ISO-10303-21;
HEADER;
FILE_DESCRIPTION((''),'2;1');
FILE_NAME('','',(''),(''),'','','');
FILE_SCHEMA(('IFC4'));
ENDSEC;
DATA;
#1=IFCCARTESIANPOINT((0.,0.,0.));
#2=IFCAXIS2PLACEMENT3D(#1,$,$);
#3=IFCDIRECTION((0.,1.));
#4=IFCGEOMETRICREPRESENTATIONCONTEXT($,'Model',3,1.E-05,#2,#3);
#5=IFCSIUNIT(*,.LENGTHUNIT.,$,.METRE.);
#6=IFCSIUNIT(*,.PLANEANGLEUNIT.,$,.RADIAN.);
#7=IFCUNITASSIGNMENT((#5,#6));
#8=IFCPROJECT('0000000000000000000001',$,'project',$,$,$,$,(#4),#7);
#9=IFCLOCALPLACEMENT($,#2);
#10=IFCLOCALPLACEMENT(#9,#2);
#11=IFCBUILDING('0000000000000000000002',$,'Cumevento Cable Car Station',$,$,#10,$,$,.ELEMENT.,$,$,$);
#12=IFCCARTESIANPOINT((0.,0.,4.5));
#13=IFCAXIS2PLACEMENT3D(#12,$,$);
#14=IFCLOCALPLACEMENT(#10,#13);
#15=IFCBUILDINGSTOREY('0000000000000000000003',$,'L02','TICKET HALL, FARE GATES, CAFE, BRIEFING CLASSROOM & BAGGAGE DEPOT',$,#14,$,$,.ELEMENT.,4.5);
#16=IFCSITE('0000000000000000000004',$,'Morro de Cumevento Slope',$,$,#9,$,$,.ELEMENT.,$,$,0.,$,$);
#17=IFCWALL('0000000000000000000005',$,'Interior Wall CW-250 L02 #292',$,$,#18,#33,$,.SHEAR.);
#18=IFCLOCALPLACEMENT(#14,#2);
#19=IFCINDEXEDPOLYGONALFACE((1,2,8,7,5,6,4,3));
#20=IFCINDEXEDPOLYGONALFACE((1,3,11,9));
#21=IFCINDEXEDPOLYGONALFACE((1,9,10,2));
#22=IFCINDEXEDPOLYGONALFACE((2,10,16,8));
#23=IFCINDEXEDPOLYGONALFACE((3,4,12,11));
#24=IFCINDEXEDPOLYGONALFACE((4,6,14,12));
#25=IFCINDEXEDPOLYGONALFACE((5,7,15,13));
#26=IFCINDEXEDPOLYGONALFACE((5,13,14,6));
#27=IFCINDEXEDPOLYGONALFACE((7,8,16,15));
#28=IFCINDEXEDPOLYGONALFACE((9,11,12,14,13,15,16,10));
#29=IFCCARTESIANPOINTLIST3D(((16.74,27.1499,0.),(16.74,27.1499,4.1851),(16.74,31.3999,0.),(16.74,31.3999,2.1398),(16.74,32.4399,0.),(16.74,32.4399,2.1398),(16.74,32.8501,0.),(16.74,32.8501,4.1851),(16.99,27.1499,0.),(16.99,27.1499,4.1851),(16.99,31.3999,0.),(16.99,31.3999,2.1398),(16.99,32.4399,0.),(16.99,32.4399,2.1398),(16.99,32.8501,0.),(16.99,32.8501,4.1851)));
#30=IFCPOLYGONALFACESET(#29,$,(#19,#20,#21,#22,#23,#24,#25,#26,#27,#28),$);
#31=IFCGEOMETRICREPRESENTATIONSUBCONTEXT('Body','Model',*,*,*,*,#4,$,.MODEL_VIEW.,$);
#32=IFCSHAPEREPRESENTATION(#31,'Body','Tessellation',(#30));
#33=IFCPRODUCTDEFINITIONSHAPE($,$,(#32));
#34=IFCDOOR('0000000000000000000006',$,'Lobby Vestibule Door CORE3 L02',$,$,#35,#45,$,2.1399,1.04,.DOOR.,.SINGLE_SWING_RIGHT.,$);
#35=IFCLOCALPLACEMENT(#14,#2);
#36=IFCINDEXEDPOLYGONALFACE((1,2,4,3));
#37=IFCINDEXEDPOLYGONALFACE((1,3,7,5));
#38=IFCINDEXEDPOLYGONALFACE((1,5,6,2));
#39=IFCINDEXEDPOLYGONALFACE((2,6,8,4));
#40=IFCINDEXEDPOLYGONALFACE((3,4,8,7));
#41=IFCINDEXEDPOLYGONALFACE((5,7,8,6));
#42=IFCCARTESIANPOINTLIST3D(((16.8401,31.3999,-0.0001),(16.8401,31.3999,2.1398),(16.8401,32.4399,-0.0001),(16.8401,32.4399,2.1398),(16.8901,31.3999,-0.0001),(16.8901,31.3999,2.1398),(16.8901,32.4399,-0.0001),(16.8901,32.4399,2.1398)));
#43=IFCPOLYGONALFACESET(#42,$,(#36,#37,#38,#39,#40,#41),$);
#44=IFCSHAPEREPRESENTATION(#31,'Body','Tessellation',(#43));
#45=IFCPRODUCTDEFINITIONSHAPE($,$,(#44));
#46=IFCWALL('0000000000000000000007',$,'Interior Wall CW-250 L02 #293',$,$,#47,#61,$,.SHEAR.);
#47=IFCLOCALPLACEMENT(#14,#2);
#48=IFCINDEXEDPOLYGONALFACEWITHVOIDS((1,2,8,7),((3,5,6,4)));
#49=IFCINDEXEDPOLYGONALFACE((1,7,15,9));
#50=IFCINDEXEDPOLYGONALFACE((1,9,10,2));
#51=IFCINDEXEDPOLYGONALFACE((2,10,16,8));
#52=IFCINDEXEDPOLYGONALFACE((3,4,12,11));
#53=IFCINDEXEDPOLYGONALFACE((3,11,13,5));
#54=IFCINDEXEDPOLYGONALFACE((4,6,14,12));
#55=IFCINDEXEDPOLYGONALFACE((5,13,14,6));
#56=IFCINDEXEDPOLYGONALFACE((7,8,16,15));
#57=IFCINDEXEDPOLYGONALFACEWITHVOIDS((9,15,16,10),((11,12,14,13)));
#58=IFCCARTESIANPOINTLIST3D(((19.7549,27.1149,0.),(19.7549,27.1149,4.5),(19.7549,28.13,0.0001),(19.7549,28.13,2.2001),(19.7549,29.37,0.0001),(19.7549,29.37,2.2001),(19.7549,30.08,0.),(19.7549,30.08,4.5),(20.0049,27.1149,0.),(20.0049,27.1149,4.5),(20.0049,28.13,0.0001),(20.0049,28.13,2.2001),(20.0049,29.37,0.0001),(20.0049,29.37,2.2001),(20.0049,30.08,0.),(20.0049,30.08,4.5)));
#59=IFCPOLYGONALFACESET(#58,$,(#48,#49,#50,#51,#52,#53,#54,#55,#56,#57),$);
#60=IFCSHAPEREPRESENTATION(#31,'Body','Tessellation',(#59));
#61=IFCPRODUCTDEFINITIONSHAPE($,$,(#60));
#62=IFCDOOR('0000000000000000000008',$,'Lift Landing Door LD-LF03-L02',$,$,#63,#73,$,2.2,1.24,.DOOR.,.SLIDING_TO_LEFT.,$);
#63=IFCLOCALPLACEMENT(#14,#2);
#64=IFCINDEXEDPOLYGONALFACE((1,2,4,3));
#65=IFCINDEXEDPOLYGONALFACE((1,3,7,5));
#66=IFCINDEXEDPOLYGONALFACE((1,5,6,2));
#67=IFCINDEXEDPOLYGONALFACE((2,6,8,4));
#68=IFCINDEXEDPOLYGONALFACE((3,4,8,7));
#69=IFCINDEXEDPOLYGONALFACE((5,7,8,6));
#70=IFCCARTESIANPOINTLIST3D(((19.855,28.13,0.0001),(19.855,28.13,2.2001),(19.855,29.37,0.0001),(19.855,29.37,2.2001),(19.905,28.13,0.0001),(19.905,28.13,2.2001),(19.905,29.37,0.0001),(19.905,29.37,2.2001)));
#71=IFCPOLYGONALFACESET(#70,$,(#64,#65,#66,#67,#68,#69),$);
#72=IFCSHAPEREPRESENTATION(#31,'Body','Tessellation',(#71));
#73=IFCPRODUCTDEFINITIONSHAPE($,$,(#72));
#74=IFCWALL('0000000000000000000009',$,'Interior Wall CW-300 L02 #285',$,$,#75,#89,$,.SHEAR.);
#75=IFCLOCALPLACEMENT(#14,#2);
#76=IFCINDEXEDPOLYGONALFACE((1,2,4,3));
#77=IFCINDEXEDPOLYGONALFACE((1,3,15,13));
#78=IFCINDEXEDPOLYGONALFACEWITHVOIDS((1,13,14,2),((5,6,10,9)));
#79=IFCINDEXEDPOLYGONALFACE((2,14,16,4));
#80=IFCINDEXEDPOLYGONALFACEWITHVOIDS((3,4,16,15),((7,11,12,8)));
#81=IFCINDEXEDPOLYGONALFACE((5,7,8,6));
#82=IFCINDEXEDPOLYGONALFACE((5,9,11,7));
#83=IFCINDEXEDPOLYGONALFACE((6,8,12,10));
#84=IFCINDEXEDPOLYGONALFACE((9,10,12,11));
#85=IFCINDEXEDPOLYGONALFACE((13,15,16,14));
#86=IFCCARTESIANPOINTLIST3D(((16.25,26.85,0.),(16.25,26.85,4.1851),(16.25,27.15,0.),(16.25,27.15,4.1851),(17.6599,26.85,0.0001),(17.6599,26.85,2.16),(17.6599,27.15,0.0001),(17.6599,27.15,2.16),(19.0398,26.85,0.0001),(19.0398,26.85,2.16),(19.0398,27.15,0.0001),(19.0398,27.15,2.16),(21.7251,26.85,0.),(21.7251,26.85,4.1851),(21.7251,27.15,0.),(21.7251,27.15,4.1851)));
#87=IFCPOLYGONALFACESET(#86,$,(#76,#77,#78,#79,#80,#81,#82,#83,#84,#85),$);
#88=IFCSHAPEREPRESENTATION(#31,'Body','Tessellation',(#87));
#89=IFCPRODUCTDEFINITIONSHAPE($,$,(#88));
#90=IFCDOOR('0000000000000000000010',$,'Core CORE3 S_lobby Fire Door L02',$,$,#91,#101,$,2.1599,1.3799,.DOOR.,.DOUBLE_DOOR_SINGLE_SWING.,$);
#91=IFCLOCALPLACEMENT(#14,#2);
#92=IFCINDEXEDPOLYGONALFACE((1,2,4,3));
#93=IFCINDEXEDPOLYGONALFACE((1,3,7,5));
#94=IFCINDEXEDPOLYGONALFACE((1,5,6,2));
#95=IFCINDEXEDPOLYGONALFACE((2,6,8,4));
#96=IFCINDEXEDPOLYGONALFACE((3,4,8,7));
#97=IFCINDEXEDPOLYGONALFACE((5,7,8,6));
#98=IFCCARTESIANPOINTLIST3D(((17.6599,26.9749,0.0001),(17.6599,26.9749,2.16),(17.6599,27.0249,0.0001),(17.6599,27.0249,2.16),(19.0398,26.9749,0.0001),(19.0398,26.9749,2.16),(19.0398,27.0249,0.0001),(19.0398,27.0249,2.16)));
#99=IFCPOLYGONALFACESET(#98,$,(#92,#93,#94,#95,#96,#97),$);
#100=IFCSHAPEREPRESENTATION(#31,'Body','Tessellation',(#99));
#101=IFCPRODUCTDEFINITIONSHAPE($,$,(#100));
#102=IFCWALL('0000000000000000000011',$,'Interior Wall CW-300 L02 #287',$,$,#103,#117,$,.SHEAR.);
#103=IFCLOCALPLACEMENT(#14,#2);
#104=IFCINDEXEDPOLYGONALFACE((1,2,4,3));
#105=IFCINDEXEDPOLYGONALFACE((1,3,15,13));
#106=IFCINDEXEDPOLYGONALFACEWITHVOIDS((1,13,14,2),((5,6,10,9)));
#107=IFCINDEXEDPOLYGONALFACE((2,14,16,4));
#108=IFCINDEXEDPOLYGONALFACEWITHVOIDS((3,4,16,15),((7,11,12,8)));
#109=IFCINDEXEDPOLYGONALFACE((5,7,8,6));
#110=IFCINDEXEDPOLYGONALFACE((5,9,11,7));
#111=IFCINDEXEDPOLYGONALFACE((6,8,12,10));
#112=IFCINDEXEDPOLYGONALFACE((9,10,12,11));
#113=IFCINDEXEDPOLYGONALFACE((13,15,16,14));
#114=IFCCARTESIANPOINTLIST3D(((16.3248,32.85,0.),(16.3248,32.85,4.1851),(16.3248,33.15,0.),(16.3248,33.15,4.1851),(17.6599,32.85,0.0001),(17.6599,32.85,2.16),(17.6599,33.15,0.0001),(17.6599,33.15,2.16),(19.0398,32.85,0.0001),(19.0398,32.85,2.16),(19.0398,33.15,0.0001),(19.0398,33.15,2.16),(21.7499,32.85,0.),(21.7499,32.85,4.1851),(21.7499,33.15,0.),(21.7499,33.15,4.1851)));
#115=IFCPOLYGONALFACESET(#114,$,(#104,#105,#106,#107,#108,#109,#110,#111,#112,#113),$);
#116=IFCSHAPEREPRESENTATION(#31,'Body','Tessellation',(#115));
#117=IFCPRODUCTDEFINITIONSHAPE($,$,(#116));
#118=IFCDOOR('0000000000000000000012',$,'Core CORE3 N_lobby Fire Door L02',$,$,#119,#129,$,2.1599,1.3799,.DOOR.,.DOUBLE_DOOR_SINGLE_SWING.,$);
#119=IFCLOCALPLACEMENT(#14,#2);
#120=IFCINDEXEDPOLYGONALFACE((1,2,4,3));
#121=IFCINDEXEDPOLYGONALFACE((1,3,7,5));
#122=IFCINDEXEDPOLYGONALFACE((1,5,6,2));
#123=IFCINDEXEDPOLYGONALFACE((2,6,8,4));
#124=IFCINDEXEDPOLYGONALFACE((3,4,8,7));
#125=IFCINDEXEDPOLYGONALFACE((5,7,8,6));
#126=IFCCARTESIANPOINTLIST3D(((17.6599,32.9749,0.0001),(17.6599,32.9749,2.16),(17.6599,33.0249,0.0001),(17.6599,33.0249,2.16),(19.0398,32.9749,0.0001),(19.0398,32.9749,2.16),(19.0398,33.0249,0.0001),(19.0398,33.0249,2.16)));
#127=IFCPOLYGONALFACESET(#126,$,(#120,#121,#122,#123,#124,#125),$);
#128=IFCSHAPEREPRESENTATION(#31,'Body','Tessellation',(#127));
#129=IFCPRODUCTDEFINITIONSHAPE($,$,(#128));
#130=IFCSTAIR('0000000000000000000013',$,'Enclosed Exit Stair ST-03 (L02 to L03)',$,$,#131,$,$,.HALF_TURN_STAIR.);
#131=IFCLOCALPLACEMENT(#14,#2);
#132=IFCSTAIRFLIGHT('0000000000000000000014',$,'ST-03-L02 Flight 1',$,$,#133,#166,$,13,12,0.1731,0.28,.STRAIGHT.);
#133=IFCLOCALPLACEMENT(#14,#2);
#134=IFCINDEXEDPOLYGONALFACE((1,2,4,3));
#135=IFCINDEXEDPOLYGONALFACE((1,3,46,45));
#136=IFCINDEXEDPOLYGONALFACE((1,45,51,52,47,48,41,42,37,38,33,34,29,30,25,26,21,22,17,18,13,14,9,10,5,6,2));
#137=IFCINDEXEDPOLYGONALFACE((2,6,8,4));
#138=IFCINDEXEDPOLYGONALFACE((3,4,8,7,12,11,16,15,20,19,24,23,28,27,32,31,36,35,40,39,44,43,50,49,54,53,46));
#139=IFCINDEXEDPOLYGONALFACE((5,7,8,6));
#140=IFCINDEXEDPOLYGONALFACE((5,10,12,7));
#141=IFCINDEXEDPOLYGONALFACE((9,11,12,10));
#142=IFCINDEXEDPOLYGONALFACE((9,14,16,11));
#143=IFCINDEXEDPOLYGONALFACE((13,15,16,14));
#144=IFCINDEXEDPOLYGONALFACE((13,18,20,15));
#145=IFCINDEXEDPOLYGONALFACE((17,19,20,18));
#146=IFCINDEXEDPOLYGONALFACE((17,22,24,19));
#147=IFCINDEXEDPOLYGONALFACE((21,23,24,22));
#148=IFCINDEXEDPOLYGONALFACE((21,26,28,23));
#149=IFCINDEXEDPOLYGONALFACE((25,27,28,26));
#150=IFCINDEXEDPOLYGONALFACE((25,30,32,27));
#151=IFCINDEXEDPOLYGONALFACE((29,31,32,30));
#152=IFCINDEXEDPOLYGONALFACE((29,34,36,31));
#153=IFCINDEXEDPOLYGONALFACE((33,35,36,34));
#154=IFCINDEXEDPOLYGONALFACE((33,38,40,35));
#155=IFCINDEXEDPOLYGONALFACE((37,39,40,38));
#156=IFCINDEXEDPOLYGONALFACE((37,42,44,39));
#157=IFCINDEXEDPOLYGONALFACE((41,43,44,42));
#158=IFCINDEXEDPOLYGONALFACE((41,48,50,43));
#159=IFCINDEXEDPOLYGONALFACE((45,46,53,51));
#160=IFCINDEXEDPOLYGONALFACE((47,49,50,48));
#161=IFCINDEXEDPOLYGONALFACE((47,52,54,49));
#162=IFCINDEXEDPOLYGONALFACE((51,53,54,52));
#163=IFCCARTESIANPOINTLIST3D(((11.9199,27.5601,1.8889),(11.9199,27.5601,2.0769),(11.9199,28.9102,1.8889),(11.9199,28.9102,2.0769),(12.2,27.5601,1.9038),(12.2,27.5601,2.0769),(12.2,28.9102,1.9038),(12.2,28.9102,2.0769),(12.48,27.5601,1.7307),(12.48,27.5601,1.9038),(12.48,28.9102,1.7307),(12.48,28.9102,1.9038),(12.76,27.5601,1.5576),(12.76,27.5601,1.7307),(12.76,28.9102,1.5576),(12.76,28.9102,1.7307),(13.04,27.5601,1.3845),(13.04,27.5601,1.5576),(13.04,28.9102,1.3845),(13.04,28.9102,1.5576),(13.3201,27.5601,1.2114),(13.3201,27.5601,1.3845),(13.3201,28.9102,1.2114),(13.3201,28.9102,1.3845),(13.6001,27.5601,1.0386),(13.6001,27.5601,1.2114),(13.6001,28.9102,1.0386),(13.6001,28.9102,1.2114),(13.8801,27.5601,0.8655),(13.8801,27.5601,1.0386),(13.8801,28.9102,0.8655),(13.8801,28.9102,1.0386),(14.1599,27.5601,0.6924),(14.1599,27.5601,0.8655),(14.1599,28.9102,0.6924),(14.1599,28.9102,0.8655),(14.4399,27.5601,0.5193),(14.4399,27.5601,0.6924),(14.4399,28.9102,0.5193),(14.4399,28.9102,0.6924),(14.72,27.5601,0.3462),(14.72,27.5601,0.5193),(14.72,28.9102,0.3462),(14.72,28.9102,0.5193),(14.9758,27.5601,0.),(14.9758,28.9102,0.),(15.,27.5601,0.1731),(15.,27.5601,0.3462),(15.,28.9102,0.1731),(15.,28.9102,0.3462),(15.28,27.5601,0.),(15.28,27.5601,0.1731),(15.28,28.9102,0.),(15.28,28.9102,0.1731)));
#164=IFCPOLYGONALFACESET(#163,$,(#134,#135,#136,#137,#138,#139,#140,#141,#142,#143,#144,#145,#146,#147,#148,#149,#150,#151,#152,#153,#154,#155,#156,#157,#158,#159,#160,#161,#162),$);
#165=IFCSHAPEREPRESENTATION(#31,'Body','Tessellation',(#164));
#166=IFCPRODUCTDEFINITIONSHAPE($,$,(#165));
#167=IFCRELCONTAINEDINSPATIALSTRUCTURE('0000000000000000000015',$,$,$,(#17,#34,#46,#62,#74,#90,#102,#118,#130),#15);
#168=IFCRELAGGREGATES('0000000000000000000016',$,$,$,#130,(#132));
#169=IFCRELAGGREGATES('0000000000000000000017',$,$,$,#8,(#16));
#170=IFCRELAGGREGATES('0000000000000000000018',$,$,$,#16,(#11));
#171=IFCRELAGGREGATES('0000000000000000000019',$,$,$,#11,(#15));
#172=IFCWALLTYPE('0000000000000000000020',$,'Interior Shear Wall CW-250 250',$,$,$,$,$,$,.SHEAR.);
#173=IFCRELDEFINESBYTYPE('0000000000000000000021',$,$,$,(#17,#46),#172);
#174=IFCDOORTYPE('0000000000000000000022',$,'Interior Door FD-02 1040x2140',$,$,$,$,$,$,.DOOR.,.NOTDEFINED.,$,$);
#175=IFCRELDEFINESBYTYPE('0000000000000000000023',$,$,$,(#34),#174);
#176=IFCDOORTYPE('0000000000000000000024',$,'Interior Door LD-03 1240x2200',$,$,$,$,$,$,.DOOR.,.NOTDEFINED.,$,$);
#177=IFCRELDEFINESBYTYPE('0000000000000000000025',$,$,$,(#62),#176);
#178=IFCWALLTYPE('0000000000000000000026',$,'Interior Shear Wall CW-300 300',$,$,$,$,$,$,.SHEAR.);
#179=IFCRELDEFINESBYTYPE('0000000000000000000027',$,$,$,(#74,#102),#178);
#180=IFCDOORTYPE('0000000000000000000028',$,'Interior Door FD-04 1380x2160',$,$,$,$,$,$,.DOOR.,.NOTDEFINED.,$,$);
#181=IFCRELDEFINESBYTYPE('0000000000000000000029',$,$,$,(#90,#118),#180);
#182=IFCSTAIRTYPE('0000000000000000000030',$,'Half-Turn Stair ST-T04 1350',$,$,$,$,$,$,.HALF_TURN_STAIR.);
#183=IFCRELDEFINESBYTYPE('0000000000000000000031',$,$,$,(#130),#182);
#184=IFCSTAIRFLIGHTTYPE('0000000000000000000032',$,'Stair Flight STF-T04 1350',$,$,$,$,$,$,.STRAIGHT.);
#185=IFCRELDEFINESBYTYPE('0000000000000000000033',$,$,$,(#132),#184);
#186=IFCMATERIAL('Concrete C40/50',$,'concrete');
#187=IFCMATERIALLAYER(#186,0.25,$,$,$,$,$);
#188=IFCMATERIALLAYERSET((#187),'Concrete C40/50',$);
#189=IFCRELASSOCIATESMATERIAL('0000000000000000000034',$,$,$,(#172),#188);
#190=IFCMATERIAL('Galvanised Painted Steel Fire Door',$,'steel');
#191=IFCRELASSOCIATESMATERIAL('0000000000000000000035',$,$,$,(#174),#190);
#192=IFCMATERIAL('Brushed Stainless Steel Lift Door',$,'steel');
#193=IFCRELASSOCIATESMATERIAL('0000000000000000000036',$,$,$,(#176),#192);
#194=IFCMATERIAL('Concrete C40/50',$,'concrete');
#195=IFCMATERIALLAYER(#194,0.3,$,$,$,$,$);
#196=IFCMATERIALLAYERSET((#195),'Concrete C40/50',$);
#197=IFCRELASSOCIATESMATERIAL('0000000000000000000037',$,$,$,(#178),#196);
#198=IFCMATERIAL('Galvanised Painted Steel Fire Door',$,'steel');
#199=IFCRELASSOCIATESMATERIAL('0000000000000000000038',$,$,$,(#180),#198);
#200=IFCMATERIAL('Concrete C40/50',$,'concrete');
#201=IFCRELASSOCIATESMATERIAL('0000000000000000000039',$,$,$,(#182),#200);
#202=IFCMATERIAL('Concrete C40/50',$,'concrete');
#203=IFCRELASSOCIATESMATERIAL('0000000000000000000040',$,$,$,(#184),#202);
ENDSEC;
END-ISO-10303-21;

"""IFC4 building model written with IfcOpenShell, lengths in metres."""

from ifc_helpers import new_model, si_unit, direction, frame, frame_2d, origin, place, context, subcontext, project, spatial, polyline, rectangle, outline, extrude, material, layer, layer_set, type_object, element, fill, aggregate, save


model = new_model("IFC4")

# Units and contexts
model_context = context("Model", 3, precision=1e-05, world=origin(), true_north=direction((0.0, 1.0)))
body_context = subcontext(model_context, "Body", "Model", "MODEL_VIEW")
ifc_project = project(units=[si_unit("LENGTHUNIT", "METRE"), si_unit("PLANEANGLEUNIT", "RADIAN")], contexts=[model_context])

# Site, building, storey
site_placement = place(None, origin())
site = spatial("IfcSite", under=ifc_project, at=site_placement, Name="Morro de Cumevento Slope", CompositionType="ELEMENT", RefElevation=0.0)
building_placement = place(site_placement, origin())
building = spatial("IfcBuilding", under=site, at=building_placement, Name="Cumevento Cable Car Station", CompositionType="ELEMENT")
storey_placement = place(building_placement, frame((0.0, 0.0, 4.5)))
storey = spatial("IfcBuildingStorey", under=building, at=storey_placement, Name="L02", Description="TICKET HALL, FARE GATES, CAFE, BRIEFING CLASSROOM & BAGGAGE DEPOT", CompositionType="ELEMENT", Elevation=4.5)

# Walls, openings, doors
ifc_material_1 = material(Name="Concrete C40/50", Category="concrete")
ifc_layer_1 = layer(ifc_material_1, 0.25)
ifc_layer_set_1 = layer_set([ifc_layer_1], Name="Concrete C40/50")
wall_type_1 = type_object("IfcWallType", Name="Interior Shear Wall CW-250 250", PredefinedType="SHEAR", material=ifc_layer_set_1)
wall_1_placement = place(storey_placement, frame((16.865, 27.1499, 0.0), z_axis=(0.0, 0.0, 1.0), x_axis=(0.0, 1.0, 0.0)))
wall_1 = element("IfcWall", 1, at=wall_1_placement, inside=storey, type_object=wall_type_1, Name="Interior Wall CW-250 L02 #292", PredefinedType="SHEAR", context=body_context, shape_type="SweptSolid", body=[
    extrude(rectangle(XDim=5.7002, YDim=0.25, at=frame_2d((2.8501, 0.0))), origin(), (0.0, 0.0, 1.0), 4.1851),
])
opening_1_placement = place(wall_1_placement, frame((4.25, 0.0, 0.0)))
opening_1 = element("IfcOpeningElement", 2, at=opening_1_placement, cuts=wall_1, PredefinedType="OPENING", context=body_context, shape_type="SweptSolid", body=[
    extrude(rectangle(XDim=1.04, YDim=2.1399, at=frame_2d((0.52, 1.0698))), frame((0.0, 0.135, 0.0), z_axis=(0.0, -1.0, 0.0), x_axis=(1.0, 0.0, 0.0)), (0.0, 0.0, 1.0), 0.27),
])
ifc_material_2 = material(Name="Galvanised Painted Steel Fire Door", Category="steel")
door_type_1 = type_object("IfcDoorType", Name="Interior Door FD-02 1040x2140", OperationType="NOTDEFINED", PredefinedType="DOOR", material=ifc_material_2)
door_1_placement = place(opening_1_placement, origin())
door_1 = element("IfcDoor", 3, at=door_1_placement, inside=storey, type_object=door_type_1, Name="Lobby Vestibule Door CORE3 L02", OperationType="SINGLE_SWING_RIGHT", OverallHeight=2.1399, OverallWidth=1.04, PredefinedType="DOOR", context=body_context, shape_type="SweptSolid", body=[
    extrude(rectangle(XDim=1.04, YDim=2.1399, at=frame_2d((0.52, 1.0698))), frame((0.0, 0.0249, 0.0), z_axis=(0.0, -1.0, 0.0), x_axis=(1.0, 0.0, 0.0)), (0.0, 0.0, 1.0), 0.05),
])
fill(opening_1, door_1)
wall_2_placement = place(storey_placement, frame((19.8799, 27.115, 0.0), z_axis=(0.0, 0.0, 1.0), x_axis=(0.0, 1.0, 0.0)))
wall_2 = element("IfcWall", 4, at=wall_2_placement, inside=storey, type_object=wall_type_1, Name="Interior Wall CW-250 L02 #293", PredefinedType="SHEAR", context=body_context, shape_type="SweptSolid", body=[
    extrude(rectangle(XDim=2.9651, YDim=0.25, at=frame_2d((1.4824, 0.0))), origin(), (0.0, 0.0, 1.0), 4.5),
])
opening_2_placement = place(wall_2_placement, frame((1.0149, 0.0, 0.0)))
opening_2 = element("IfcOpeningElement", 5, at=opening_2_placement, cuts=wall_2, PredefinedType="OPENING", context=body_context, shape_type="SweptSolid", body=[
    extrude(rectangle(XDim=1.24, YDim=2.2, at=frame_2d((0.6201, 1.1001))), frame((0.0, 0.135, 0.0), z_axis=(0.0, -1.0, 0.0), x_axis=(1.0, 0.0, 0.0)), (0.0, 0.0, 1.0), 0.27),
])
ifc_material_3 = material(Name="Brushed Stainless Steel Lift Door", Category="steel")
door_type_2 = type_object("IfcDoorType", Name="Interior Door LD-03 1240x2200", OperationType="NOTDEFINED", PredefinedType="DOOR", material=ifc_material_3)
door_2_placement = place(opening_2_placement, origin())
door_2 = element("IfcDoor", 6, at=door_2_placement, inside=storey, type_object=door_type_2, Name="Lift Landing Door LD-LF03-L02", OperationType="SLIDING_TO_LEFT", OverallHeight=2.2, OverallWidth=1.24, PredefinedType="DOOR", context=body_context, shape_type="SweptSolid", body=[
    extrude(rectangle(XDim=1.24, YDim=2.2, at=frame_2d((0.6201, 1.1001))), frame((0.0, 0.0249, 0.0), z_axis=(0.0, -1.0, 0.0), x_axis=(1.0, 0.0, 0.0)), (0.0, 0.0, 1.0), 0.05),
])
fill(opening_2, door_2)

# Walls, openings, doors
ifc_material_4 = material(Name="Concrete C40/50", Category="concrete")
ifc_layer_2 = layer(ifc_material_4, 0.3)
ifc_layer_set_2 = layer_set([ifc_layer_2], Name="Concrete C40/50")
wall_type_2 = type_object("IfcWallType", Name="Interior Shear Wall CW-300 300", PredefinedType="SHEAR", material=ifc_layer_set_2)
wall_3_placement = place(storey_placement, frame((16.25, 27.0, 0.0), z_axis=(0.0, 0.0, 1.0), x_axis=(1.0, 0.0, 0.0)))
wall_3 = element("IfcWall", 7, at=wall_3_placement, inside=storey, type_object=wall_type_2, Name="Interior Wall CW-300 L02 #285", PredefinedType="SHEAR", context=body_context, shape_type="SweptSolid", body=[
    extrude(rectangle(XDim=5.4751, YDim=0.3, at=frame_2d((2.7375, 0.0))), origin(), (0.0, 0.0, 1.0), 4.1851),
])
opening_3_placement = place(wall_3_placement, frame((1.4099, 0.0, 0.0)))
opening_3 = element("IfcOpeningElement", 8, at=opening_3_placement, cuts=wall_3, PredefinedType="OPENING", context=body_context, shape_type="SweptSolid", body=[
    extrude(rectangle(XDim=1.3799, YDim=2.1599, at=frame_2d((0.6899, 1.0801))), frame((0.0, 0.1599, 0.0), z_axis=(0.0, -1.0, 0.0), x_axis=(1.0, 0.0, 0.0)), (0.0, 0.0, 1.0), 0.3201),
])
ifc_material_5 = material(Name="Galvanised Painted Steel Fire Door", Category="steel")
door_type_3 = type_object("IfcDoorType", Name="Interior Door FD-04 1380x2160", OperationType="NOTDEFINED", PredefinedType="DOOR", material=ifc_material_5)
door_3_placement = place(opening_3_placement, origin())
door_3 = element("IfcDoor", 9, at=door_3_placement, inside=storey, type_object=door_type_3, Name="Core CORE3 S_lobby Fire Door L02", OperationType="DOUBLE_DOOR_SINGLE_SWING", OverallHeight=2.1599, OverallWidth=1.3799, PredefinedType="DOOR", context=body_context, shape_type="SweptSolid", body=[
    extrude(rectangle(XDim=1.3799, YDim=2.1599, at=frame_2d((0.6899, 1.0801))), frame((0.0, 0.0249, 0.0), z_axis=(0.0, -1.0, 0.0), x_axis=(1.0, 0.0, 0.0)), (0.0, 0.0, 1.0), 0.05),
])
fill(opening_3, door_3)
wall_4_placement = place(storey_placement, frame((16.325, 33.0, 0.0), z_axis=(0.0, 0.0, 1.0), x_axis=(1.0, 0.0, 0.0)))
wall_4 = element("IfcWall", 10, at=wall_4_placement, inside=storey, type_object=wall_type_2, Name="Interior Wall CW-300 L02 #287", PredefinedType="SHEAR", context=body_context, shape_type="SweptSolid", body=[
    extrude(rectangle(XDim=5.425, YDim=0.3, at=frame_2d((2.7124, 0.0))), origin(), (0.0, 0.0, 1.0), 4.1851),
])
opening_4_placement = place(wall_4_placement, frame((1.335, 0.0, 0.0)))
opening_4 = element("IfcOpeningElement", 11, at=opening_4_placement, cuts=wall_4, PredefinedType="OPENING", context=body_context, shape_type="SweptSolid", body=[
    extrude(rectangle(XDim=1.3799, YDim=2.1599, at=frame_2d((0.6899, 1.0801))), frame((0.0, 0.1599, 0.0), z_axis=(0.0, -1.0, 0.0), x_axis=(1.0, 0.0, 0.0)), (0.0, 0.0, 1.0), 0.3201),
])
door_4_placement = place(opening_4_placement, origin())
door_4 = element("IfcDoor", 12, at=door_4_placement, inside=storey, type_object=door_type_3, Name="Core CORE3 N_lobby Fire Door L02", OperationType="DOUBLE_DOOR_SINGLE_SWING", OverallHeight=2.1599, OverallWidth=1.3799, PredefinedType="DOOR", context=body_context, shape_type="SweptSolid", body=[
    extrude(rectangle(XDim=1.3799, YDim=2.1599, at=frame_2d((0.6899, 1.0801))), frame((0.0, 0.0249, 0.0), z_axis=(0.0, -1.0, 0.0), x_axis=(1.0, 0.0, 0.0)), (0.0, 0.0, 1.0), 0.05),
])
fill(opening_4, door_4)

# Stair, stair flight
ifc_material_6 = material(Name="Concrete C40/50", Category="concrete")
stair_type = type_object("IfcStairType", Name="Half-Turn Stair ST-T04 1350", PredefinedType="HALF_TURN_STAIR", material=ifc_material_6)
stair_placement = place(storey_placement, origin())
stair = element("IfcStair", 13, at=stair_placement, inside=storey, type_object=stair_type, Name="Enclosed Exit Stair ST-03 (L02 to L03)", PredefinedType="HALF_TURN_STAIR")
ifc_material_7 = material(Name="Concrete C40/50", Category="concrete")
stair_flight_type = type_object("IfcStairFlightType", Name="Stair Flight STF-T04 1350", PredefinedType="STRAIGHT", material=ifc_material_7)
stair_flight_placement = place(storey_placement, frame((15.28, 28.2351, 0.0), z_axis=(0.0, 0.0, 1.0), x_axis=(-1.0, 0.0, 0.0)))
stair_flight = element("IfcStairFlight", 14, at=stair_flight_placement, type_object=stair_flight_type, Name="ST-03-L02 Flight 1", NumberOfRisers=13, NumberOfTreads=12, PredefinedType="STRAIGHT", RiserHeight=0.1731, TreadLength=0.28, context=body_context, shape_type="SweptSolid", body=[
    extrude(outline(polyline([(0.0, 0.0), (0.0, 0.1731), (0.28, 0.1731), (0.28, 0.3462), (0.5601, 0.3462), (0.5601, 0.5193), (0.8401, 0.5193), (0.8401, 0.6924), (1.1201, 0.6924), (1.1201, 0.8655), (1.3999, 0.8655), (1.3999, 1.0386), (1.6799, 1.0386), (1.6799, 1.2114), (1.96, 1.2114), (1.96, 1.3845), (2.24, 1.3845), (2.24, 1.5576), (2.52, 1.5576), (2.52, 1.7307), (2.8, 1.7307), (2.8, 1.9038), (3.0801, 1.9038), (3.0801, 2.0769), (3.3601, 2.0769), (3.3601, 2.25), (3.3601, 1.8889), (0.3042, 0.0), (0.0, 0.0)])), frame((0.0, 0.675, 0.0), z_axis=(0.0, -1.0, 0.0), x_axis=(1.0, 0.0, 0.0)), (0.0, 0.0, 1.0), 1.3501),
])
aggregate(stair, [stair_flight])

save(model, "model.ifc")
